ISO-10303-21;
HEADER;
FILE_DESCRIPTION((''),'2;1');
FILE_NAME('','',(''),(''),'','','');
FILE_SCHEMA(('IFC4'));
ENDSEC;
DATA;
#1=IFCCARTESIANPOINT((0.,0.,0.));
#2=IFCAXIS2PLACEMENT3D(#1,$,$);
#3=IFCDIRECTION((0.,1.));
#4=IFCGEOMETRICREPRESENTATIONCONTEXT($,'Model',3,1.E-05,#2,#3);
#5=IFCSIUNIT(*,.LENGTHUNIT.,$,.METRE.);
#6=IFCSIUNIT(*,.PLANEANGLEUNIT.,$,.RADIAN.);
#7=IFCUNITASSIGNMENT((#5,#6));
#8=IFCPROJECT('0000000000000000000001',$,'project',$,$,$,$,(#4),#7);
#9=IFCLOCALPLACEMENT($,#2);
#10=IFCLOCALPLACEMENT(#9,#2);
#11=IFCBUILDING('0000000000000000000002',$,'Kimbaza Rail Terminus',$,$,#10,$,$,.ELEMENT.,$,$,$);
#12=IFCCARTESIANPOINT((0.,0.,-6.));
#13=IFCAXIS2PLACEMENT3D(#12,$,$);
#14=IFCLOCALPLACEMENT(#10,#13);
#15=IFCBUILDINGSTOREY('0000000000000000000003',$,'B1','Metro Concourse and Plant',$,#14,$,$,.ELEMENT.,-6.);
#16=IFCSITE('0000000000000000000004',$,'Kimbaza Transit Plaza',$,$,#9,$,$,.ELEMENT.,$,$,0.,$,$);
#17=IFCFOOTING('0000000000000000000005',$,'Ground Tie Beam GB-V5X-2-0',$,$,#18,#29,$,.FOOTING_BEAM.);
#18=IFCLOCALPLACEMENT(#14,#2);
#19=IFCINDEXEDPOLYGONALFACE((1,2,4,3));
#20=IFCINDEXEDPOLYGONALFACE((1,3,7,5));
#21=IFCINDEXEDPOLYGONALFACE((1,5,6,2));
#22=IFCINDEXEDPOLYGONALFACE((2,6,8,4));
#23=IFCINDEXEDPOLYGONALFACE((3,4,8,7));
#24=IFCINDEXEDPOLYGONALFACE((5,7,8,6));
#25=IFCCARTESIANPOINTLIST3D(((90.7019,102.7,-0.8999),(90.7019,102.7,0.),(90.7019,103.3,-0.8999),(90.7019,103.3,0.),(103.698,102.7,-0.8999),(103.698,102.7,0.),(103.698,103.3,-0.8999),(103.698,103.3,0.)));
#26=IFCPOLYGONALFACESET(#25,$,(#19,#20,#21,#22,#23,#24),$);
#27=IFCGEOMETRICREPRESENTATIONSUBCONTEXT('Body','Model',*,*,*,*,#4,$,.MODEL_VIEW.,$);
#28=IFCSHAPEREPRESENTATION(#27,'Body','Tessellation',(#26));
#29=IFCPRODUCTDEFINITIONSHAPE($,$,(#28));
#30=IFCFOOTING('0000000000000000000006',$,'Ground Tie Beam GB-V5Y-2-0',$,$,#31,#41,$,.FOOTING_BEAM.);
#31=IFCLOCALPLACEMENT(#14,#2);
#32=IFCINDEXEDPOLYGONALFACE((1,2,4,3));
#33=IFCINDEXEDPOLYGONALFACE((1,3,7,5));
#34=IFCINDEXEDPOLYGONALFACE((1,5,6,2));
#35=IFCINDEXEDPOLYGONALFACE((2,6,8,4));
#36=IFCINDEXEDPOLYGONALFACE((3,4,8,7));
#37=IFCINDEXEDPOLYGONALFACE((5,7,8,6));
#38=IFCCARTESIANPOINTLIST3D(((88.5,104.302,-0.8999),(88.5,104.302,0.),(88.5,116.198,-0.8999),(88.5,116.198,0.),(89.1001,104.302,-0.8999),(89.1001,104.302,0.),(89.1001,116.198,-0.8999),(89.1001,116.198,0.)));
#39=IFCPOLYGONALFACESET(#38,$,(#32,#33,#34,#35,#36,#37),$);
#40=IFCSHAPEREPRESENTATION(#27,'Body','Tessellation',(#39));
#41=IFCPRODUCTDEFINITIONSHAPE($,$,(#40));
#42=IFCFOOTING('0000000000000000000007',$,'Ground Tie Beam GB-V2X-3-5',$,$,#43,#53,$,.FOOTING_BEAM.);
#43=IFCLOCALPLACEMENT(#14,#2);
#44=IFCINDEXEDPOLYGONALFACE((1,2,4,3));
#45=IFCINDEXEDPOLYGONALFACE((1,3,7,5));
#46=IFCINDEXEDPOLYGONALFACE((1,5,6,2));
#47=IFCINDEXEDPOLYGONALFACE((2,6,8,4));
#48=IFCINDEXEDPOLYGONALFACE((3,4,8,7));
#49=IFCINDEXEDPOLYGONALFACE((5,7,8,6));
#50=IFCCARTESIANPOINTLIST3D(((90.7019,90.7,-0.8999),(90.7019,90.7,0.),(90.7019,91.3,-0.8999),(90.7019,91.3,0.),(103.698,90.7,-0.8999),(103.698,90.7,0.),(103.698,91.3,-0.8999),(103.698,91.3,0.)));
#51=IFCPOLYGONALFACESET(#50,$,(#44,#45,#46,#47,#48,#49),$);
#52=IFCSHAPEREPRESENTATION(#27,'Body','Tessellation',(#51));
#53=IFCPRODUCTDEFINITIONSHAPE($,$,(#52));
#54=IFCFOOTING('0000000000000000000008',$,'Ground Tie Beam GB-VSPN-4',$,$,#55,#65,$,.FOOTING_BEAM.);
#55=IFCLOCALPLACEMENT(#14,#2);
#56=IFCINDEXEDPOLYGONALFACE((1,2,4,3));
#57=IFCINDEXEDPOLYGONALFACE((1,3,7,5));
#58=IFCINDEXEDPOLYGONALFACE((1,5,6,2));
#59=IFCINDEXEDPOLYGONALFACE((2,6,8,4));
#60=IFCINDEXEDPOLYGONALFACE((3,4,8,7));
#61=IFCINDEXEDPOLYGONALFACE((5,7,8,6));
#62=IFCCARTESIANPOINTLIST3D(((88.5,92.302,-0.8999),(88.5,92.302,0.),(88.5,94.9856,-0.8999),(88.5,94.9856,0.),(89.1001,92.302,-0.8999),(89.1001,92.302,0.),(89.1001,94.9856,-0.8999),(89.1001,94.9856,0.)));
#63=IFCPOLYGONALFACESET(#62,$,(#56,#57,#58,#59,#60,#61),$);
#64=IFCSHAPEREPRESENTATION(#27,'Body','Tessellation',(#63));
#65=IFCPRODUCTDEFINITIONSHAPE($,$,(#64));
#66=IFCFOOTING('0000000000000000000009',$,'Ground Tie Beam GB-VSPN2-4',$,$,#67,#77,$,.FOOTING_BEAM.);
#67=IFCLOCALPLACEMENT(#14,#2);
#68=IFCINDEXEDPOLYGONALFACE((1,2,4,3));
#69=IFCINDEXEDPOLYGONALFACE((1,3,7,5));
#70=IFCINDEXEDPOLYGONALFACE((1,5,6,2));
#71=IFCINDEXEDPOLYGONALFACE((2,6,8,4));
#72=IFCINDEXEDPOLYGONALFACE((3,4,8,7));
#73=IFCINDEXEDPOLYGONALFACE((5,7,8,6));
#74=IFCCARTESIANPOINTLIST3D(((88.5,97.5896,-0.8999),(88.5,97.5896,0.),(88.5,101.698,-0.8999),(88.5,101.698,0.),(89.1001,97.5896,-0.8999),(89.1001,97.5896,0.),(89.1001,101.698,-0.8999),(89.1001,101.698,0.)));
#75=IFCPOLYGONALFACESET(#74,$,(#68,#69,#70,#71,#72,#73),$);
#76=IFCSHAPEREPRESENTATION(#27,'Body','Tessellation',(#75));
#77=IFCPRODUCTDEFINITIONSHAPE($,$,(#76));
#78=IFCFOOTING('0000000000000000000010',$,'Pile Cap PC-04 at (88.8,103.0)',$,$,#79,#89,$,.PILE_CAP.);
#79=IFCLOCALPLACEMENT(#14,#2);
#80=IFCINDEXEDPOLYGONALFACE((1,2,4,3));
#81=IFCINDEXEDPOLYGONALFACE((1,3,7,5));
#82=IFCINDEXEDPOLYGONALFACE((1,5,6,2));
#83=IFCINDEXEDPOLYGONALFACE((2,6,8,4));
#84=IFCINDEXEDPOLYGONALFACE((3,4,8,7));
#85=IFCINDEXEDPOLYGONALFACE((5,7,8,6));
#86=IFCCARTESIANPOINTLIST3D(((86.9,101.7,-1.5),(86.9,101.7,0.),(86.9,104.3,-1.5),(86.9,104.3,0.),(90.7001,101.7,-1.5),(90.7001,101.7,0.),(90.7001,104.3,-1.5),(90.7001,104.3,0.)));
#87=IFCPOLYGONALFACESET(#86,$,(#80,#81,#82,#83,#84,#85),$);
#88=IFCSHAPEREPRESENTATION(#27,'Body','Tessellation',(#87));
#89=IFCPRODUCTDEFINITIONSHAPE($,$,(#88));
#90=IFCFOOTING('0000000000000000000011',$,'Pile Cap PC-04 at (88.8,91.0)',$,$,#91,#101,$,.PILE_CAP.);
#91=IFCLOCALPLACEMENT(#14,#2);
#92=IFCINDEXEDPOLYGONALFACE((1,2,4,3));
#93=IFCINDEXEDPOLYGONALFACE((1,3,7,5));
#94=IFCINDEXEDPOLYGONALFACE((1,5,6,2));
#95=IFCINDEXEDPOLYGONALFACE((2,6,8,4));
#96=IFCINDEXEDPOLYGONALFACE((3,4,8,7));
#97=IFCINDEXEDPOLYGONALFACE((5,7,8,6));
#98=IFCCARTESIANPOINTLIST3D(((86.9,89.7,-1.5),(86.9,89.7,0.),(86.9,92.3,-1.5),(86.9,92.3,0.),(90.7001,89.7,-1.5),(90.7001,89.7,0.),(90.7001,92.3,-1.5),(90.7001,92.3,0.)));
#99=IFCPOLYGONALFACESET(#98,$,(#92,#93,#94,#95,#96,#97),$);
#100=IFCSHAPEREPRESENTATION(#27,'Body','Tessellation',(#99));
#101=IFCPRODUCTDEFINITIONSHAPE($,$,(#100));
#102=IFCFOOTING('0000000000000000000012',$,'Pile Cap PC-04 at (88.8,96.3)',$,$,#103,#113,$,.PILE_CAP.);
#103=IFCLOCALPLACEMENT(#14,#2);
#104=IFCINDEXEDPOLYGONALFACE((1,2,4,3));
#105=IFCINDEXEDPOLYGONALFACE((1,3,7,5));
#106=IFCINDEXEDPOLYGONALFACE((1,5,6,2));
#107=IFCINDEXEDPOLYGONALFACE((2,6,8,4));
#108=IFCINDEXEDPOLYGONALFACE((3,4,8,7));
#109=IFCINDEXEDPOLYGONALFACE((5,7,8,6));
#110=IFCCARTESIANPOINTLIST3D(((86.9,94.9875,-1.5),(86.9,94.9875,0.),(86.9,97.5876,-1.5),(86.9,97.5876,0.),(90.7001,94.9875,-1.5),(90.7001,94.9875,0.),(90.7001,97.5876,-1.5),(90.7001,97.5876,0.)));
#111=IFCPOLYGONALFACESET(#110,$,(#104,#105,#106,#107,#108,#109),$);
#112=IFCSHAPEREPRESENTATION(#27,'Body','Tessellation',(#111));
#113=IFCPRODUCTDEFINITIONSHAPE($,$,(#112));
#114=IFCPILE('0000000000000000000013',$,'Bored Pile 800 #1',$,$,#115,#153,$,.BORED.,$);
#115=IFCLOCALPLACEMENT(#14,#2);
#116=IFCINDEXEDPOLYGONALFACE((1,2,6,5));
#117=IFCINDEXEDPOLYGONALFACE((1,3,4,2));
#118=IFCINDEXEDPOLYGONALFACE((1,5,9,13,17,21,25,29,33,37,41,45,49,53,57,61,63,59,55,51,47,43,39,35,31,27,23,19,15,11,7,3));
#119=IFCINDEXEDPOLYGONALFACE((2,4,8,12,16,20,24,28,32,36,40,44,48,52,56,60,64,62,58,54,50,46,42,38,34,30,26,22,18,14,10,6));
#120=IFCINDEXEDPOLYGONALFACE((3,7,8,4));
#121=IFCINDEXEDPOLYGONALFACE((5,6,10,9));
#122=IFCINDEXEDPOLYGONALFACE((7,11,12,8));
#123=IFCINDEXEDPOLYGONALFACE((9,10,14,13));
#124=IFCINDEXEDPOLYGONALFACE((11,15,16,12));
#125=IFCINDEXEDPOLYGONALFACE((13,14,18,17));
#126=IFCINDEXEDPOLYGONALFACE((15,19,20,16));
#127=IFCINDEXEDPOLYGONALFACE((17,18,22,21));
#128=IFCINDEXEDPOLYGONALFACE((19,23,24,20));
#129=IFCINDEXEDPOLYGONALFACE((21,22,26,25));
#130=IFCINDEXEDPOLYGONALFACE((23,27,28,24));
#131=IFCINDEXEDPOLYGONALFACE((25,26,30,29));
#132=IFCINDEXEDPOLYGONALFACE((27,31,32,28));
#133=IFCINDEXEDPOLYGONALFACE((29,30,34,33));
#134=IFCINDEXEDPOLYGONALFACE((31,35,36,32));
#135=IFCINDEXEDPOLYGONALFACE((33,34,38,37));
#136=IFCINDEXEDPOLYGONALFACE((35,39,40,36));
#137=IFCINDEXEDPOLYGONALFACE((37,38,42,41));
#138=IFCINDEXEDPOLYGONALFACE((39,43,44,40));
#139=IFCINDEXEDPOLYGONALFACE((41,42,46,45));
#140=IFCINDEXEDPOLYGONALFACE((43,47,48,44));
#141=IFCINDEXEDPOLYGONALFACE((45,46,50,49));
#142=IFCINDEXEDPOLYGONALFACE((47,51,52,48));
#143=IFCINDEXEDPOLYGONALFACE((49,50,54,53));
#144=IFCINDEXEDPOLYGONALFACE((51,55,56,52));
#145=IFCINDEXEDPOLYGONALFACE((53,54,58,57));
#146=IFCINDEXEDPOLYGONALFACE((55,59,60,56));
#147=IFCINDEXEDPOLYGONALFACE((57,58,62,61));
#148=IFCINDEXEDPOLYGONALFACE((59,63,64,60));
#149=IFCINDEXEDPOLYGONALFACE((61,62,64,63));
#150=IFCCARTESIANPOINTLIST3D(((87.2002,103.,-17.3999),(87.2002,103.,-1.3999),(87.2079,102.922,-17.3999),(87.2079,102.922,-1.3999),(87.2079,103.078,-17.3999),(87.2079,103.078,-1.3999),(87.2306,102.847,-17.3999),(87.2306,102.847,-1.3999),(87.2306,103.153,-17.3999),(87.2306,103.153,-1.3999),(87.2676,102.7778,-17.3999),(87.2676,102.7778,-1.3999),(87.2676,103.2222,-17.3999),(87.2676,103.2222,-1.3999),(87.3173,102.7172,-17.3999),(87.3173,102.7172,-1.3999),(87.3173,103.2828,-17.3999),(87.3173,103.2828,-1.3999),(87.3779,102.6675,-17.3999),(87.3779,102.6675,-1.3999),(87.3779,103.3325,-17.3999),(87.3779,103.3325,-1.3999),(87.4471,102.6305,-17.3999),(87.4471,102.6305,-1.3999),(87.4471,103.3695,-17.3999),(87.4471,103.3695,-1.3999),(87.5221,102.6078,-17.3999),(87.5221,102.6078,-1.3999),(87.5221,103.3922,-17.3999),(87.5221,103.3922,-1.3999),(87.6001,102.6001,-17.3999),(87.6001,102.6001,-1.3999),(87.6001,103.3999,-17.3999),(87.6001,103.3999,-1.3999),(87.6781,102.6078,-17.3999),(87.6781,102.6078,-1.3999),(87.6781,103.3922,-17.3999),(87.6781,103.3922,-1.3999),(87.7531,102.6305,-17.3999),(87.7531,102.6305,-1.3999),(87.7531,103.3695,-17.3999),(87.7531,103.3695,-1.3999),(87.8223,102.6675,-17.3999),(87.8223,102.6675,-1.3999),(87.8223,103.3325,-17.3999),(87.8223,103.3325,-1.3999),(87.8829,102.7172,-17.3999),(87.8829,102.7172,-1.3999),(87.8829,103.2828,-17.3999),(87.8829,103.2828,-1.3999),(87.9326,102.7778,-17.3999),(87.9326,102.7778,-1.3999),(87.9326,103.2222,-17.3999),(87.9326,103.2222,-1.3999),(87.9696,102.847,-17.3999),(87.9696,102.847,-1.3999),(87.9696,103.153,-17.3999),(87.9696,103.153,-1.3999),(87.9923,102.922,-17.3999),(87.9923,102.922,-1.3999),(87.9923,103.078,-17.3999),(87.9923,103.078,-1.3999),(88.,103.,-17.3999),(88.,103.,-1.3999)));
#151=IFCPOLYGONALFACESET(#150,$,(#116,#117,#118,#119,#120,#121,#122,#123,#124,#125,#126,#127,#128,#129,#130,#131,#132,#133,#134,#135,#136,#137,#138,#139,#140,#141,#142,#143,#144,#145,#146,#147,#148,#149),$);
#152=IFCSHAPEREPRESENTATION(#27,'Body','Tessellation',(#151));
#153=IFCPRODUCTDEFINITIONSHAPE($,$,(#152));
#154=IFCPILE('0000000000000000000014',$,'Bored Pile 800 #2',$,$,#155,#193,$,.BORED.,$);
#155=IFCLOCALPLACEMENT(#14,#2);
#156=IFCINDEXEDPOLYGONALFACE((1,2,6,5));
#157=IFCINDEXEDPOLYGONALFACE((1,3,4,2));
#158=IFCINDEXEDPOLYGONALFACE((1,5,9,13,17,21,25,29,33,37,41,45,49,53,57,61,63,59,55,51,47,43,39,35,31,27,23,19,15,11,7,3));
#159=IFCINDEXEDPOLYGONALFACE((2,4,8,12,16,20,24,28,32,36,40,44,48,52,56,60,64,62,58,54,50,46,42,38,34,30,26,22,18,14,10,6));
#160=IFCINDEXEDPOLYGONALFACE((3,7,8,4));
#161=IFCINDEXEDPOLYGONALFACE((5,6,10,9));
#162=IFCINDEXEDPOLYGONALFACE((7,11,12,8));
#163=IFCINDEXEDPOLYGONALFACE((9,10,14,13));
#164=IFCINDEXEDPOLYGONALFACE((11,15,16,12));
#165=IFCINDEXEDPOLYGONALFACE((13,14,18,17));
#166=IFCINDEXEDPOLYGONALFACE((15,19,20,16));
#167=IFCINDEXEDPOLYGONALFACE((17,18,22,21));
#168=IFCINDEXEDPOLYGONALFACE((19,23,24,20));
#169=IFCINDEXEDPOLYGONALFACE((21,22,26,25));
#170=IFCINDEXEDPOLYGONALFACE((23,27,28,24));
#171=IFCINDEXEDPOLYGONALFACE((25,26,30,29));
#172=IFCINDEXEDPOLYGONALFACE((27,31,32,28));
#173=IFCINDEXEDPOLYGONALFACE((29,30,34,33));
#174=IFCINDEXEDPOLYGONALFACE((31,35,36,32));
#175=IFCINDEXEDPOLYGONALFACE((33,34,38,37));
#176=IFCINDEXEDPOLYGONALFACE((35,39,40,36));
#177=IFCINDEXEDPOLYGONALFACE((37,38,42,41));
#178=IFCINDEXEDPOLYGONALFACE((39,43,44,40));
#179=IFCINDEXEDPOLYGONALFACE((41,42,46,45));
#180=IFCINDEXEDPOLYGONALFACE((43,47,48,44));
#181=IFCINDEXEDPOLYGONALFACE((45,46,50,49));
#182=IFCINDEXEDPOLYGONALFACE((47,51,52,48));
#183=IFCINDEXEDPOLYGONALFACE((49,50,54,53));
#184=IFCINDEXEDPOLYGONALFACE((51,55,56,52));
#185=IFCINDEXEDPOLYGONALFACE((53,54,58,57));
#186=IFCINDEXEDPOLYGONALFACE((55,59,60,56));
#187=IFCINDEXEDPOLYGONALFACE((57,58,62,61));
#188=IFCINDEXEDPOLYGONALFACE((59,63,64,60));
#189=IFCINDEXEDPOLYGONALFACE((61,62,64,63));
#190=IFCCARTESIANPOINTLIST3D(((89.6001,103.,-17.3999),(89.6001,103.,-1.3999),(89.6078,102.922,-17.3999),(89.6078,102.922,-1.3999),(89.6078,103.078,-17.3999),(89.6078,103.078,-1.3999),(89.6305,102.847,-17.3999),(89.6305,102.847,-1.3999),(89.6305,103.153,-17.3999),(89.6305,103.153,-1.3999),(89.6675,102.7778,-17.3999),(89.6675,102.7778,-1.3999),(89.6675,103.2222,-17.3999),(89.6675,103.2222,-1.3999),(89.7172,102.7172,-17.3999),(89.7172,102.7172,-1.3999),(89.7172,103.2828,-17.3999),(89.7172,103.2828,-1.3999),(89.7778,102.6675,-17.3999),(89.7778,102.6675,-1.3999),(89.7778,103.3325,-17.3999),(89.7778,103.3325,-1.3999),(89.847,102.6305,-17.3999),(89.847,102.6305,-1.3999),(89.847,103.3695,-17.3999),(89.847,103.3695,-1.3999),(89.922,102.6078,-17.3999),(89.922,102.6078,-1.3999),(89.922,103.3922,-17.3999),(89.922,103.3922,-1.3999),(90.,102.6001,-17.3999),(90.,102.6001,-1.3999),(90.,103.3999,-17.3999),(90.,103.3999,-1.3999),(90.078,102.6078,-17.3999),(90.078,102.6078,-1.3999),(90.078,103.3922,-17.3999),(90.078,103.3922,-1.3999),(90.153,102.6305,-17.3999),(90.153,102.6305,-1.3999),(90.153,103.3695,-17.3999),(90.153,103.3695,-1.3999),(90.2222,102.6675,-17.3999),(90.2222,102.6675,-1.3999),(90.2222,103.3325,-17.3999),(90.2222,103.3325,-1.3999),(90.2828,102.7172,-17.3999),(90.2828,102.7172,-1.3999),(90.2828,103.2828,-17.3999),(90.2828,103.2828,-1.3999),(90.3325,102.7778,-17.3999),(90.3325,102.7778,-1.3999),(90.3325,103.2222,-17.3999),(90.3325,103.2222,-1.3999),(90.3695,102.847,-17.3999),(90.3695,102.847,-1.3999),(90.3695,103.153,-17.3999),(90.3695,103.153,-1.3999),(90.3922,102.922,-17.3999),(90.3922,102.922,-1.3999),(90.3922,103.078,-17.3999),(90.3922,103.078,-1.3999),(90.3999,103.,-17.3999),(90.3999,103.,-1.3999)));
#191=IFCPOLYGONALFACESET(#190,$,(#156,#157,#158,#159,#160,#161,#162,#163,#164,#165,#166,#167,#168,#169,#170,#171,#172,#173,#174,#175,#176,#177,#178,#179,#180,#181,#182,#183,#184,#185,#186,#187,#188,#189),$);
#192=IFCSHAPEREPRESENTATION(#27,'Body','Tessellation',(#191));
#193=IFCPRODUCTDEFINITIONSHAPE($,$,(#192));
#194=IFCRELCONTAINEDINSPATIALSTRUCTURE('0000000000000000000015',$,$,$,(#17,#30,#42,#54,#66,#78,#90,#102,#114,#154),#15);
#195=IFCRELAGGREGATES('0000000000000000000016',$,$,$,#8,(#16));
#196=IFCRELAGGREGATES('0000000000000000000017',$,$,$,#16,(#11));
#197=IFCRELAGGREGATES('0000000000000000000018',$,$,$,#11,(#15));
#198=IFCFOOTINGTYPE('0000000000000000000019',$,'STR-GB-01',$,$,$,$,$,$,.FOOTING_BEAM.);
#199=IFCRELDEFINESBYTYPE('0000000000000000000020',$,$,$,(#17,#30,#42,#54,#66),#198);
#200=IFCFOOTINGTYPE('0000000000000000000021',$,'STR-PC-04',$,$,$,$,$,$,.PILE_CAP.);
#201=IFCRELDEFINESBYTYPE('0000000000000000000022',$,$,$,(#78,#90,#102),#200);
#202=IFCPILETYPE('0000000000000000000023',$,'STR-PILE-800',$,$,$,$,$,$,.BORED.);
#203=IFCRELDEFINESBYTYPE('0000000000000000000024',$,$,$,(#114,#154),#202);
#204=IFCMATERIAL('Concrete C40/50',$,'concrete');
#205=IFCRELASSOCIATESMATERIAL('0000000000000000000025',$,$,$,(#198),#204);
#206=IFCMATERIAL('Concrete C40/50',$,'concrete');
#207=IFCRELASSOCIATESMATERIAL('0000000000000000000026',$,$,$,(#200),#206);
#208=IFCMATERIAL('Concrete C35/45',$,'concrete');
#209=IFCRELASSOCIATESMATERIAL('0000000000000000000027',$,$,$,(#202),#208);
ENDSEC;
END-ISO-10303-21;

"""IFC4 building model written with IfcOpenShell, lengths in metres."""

from ifc_helpers import new_model, si_unit, direction, frame, origin, origin_2d, place, context, subcontext, project, spatial, rectangle, circle, extrude, material, material_profile, profile_set, type_object, element, save


model = new_model("IFC4")

# Units and contexts
model_context = context("Model", 3, precision=1e-05, world=origin(), true_north=direction((0.0, 1.0)))
body_context = subcontext(model_context, "Body", "Model", "MODEL_VIEW")
ifc_project = project(units=[si_unit("LENGTHUNIT", "METRE"), si_unit("PLANEANGLEUNIT", "RADIAN")], contexts=[model_context])

# Site, building, storey
site_placement = place(None, origin())
site = spatial("IfcSite", under=ifc_project, at=site_placement, Name="Kimbaza Transit Plaza", CompositionType="ELEMENT", RefElevation=0.0)
building_placement = place(site_placement, origin())
building = spatial("IfcBuilding", under=site, at=building_placement, Name="Kimbaza Rail Terminus", CompositionType="ELEMENT")
storey_placement = place(building_placement, frame((0.0, 0.0, -6.0)))
storey = spatial("IfcBuildingStorey", under=building, at=storey_placement, Name="B1", Description="Metro Concourse and Plant", CompositionType="ELEMENT", Elevation=-6.0)

# Footings
ifc_material_1 = material(Name="Concrete C40/50", Category="concrete")
ifc_material_profile_1 = material_profile(ifc_material_1, rectangle(XDim=0.6001, YDim=0.8999, at=origin_2d()), Name="GB-01 600x900")
ifc_profile_set_1 = profile_set([ifc_material_profile_1], Name="Concrete C40/50")
footing_type_1 = type_object("IfcFootingType", Name="STR-GB-01", PredefinedType="FOOTING_BEAM", material=ifc_profile_set_1)
footing_1_placement = place(storey_placement, frame((90.7019, 103.0, -0.45), z_axis=(1.0, 0.0, 0.0), x_axis=(0.0, 1.0, 0.0)))
element("IfcFooting", 1, at=footing_1_placement, inside=storey, type_object=footing_type_1, Name="Ground Tie Beam GB-V5X-2-0", PredefinedType="FOOTING_BEAM", context=body_context, shape_type="SweptSolid", body=[
    extrude(rectangle(XDim=0.6001, YDim=0.8999, at=origin_2d()), origin(), (0.0, 0.0, 1.0), 12.9961),
])
footing_2_placement = place(storey_placement, frame((88.8, 104.302, -0.45), z_axis=(0.0, 1.0, 0.0), x_axis=(-1.0, 0.0, 0.0)))
element("IfcFooting", 2, at=footing_2_placement, inside=storey, type_object=footing_type_1, Name="Ground Tie Beam GB-V5Y-2-0", PredefinedType="FOOTING_BEAM", context=body_context, shape_type="SweptSolid", body=[
    extrude(rectangle(XDim=0.6001, YDim=0.8999, at=origin_2d()), origin(), (0.0, 0.0, 1.0), 11.896),
])
footing_3_placement = place(storey_placement, frame((90.7019, 91.0, -0.45), z_axis=(1.0, 0.0, 0.0), x_axis=(0.0, 1.0, 0.0)))
element("IfcFooting", 3, at=footing_3_placement, inside=storey, type_object=footing_type_1, Name="Ground Tie Beam GB-V2X-3-5", PredefinedType="FOOTING_BEAM", context=body_context, shape_type="SweptSolid", body=[
    extrude(rectangle(XDim=0.6001, YDim=0.8999, at=origin_2d()), origin(), (0.0, 0.0, 1.0), 12.9961),
])
footing_4_placement = place(storey_placement, frame((88.8, 92.302, -0.45), z_axis=(0.0, 1.0, 0.0), x_axis=(-1.0, 0.0, 0.0)))
element("IfcFooting", 4, at=footing_4_placement, inside=storey, type_object=footing_type_1, Name="Ground Tie Beam GB-VSPN-4", PredefinedType="FOOTING_BEAM", context=body_context, shape_type="SweptSolid", body=[
    extrude(rectangle(XDim=0.6001, YDim=0.8999, at=origin_2d()), origin(), (0.0, 0.0, 1.0), 2.6836),
])
footing_5_placement = place(storey_placement, frame((88.8, 97.5896, -0.45), z_axis=(0.0, 1.0, 0.0), x_axis=(-1.0, 0.0, 0.0)))
element("IfcFooting", 5, at=footing_5_placement, inside=storey, type_object=footing_type_1, Name="Ground Tie Beam GB-VSPN2-4", PredefinedType="FOOTING_BEAM", context=body_context, shape_type="SweptSolid", body=[
    extrude(rectangle(XDim=0.6001, YDim=0.8999, at=origin_2d()), origin(), (0.0, 0.0, 1.0), 4.1084),
])
ifc_material_2 = material(Name="Concrete C40/50", Category="concrete")
footing_type_2 = type_object("IfcFootingType", Name="STR-PC-04", PredefinedType="PILE_CAP", material=ifc_material_2)
for number, where, z_axis, x_axis, name in (
    (6, (88.8, 103.0, -1.5), (0.0, 0.0, 1.0), (1.0, 0.0, 0.0), "Pile Cap PC-04 at (88.8,103.0)"),
    (7, (88.8, 91.0, -1.5), (0.0, 0.0, 1.0), (1.0, 0.0, 0.0), "Pile Cap PC-04 at (88.8,91.0)"),
    (8, (88.8, 96.2876, -1.5), (0.0, 0.0, 1.0), (1.0, 0.0, 0.0), "Pile Cap PC-04 at (88.8,96.3)"),
):
    element("IfcFooting", number, at=place(storey_placement, frame(where, z_axis=z_axis, x_axis=x_axis)), inside=storey, type_object=footing_type_2, Name=name, PredefinedType="PILE_CAP", context=body_context, shape_type="SweptSolid", body=[
        extrude(rectangle(XDim=3.8, YDim=2.6001, at=origin_2d()), origin(), (0.0, 0.0, 1.0), 1.5),
    ])

# Piles
ifc_material_3 = material(Name="Concrete C35/45", Category="concrete")
ifc_material_profile_2 = material_profile(ifc_material_3, circle(Radius=0.3999, at=origin_2d()), Name="BORED PILE 800")
ifc_profile_set_2 = profile_set([ifc_material_profile_2], Name="Concrete C35/45")
pile_type = type_object("IfcPileType", Name="STR-PILE-800", PredefinedType="BORED", material=ifc_profile_set_2)
for number, where, z_axis, x_axis, name in (
    (9, (87.6001, 103.0, -1.3999), (0.0, 0.0, -1.0), (1.0, 0.0, 0.0), "Bored Pile 800 #1"),
    (10, (90.0, 103.0, -1.3999), (0.0, 0.0, -1.0), (1.0, 0.0, 0.0), "Bored Pile 800 #2"),
):
    element("IfcPile", number, at=place(storey_placement, frame(where, z_axis=z_axis, x_axis=x_axis)), inside=storey, type_object=pile_type, Name=name, PredefinedType="BORED", context=body_context, shape_type="SweptSolid", body=[
        extrude(circle(Radius=0.3999, at=origin_2d()), origin(), (0.0, 0.0, 1.0), 16.0),
    ])

save(model, "model.ifc")
